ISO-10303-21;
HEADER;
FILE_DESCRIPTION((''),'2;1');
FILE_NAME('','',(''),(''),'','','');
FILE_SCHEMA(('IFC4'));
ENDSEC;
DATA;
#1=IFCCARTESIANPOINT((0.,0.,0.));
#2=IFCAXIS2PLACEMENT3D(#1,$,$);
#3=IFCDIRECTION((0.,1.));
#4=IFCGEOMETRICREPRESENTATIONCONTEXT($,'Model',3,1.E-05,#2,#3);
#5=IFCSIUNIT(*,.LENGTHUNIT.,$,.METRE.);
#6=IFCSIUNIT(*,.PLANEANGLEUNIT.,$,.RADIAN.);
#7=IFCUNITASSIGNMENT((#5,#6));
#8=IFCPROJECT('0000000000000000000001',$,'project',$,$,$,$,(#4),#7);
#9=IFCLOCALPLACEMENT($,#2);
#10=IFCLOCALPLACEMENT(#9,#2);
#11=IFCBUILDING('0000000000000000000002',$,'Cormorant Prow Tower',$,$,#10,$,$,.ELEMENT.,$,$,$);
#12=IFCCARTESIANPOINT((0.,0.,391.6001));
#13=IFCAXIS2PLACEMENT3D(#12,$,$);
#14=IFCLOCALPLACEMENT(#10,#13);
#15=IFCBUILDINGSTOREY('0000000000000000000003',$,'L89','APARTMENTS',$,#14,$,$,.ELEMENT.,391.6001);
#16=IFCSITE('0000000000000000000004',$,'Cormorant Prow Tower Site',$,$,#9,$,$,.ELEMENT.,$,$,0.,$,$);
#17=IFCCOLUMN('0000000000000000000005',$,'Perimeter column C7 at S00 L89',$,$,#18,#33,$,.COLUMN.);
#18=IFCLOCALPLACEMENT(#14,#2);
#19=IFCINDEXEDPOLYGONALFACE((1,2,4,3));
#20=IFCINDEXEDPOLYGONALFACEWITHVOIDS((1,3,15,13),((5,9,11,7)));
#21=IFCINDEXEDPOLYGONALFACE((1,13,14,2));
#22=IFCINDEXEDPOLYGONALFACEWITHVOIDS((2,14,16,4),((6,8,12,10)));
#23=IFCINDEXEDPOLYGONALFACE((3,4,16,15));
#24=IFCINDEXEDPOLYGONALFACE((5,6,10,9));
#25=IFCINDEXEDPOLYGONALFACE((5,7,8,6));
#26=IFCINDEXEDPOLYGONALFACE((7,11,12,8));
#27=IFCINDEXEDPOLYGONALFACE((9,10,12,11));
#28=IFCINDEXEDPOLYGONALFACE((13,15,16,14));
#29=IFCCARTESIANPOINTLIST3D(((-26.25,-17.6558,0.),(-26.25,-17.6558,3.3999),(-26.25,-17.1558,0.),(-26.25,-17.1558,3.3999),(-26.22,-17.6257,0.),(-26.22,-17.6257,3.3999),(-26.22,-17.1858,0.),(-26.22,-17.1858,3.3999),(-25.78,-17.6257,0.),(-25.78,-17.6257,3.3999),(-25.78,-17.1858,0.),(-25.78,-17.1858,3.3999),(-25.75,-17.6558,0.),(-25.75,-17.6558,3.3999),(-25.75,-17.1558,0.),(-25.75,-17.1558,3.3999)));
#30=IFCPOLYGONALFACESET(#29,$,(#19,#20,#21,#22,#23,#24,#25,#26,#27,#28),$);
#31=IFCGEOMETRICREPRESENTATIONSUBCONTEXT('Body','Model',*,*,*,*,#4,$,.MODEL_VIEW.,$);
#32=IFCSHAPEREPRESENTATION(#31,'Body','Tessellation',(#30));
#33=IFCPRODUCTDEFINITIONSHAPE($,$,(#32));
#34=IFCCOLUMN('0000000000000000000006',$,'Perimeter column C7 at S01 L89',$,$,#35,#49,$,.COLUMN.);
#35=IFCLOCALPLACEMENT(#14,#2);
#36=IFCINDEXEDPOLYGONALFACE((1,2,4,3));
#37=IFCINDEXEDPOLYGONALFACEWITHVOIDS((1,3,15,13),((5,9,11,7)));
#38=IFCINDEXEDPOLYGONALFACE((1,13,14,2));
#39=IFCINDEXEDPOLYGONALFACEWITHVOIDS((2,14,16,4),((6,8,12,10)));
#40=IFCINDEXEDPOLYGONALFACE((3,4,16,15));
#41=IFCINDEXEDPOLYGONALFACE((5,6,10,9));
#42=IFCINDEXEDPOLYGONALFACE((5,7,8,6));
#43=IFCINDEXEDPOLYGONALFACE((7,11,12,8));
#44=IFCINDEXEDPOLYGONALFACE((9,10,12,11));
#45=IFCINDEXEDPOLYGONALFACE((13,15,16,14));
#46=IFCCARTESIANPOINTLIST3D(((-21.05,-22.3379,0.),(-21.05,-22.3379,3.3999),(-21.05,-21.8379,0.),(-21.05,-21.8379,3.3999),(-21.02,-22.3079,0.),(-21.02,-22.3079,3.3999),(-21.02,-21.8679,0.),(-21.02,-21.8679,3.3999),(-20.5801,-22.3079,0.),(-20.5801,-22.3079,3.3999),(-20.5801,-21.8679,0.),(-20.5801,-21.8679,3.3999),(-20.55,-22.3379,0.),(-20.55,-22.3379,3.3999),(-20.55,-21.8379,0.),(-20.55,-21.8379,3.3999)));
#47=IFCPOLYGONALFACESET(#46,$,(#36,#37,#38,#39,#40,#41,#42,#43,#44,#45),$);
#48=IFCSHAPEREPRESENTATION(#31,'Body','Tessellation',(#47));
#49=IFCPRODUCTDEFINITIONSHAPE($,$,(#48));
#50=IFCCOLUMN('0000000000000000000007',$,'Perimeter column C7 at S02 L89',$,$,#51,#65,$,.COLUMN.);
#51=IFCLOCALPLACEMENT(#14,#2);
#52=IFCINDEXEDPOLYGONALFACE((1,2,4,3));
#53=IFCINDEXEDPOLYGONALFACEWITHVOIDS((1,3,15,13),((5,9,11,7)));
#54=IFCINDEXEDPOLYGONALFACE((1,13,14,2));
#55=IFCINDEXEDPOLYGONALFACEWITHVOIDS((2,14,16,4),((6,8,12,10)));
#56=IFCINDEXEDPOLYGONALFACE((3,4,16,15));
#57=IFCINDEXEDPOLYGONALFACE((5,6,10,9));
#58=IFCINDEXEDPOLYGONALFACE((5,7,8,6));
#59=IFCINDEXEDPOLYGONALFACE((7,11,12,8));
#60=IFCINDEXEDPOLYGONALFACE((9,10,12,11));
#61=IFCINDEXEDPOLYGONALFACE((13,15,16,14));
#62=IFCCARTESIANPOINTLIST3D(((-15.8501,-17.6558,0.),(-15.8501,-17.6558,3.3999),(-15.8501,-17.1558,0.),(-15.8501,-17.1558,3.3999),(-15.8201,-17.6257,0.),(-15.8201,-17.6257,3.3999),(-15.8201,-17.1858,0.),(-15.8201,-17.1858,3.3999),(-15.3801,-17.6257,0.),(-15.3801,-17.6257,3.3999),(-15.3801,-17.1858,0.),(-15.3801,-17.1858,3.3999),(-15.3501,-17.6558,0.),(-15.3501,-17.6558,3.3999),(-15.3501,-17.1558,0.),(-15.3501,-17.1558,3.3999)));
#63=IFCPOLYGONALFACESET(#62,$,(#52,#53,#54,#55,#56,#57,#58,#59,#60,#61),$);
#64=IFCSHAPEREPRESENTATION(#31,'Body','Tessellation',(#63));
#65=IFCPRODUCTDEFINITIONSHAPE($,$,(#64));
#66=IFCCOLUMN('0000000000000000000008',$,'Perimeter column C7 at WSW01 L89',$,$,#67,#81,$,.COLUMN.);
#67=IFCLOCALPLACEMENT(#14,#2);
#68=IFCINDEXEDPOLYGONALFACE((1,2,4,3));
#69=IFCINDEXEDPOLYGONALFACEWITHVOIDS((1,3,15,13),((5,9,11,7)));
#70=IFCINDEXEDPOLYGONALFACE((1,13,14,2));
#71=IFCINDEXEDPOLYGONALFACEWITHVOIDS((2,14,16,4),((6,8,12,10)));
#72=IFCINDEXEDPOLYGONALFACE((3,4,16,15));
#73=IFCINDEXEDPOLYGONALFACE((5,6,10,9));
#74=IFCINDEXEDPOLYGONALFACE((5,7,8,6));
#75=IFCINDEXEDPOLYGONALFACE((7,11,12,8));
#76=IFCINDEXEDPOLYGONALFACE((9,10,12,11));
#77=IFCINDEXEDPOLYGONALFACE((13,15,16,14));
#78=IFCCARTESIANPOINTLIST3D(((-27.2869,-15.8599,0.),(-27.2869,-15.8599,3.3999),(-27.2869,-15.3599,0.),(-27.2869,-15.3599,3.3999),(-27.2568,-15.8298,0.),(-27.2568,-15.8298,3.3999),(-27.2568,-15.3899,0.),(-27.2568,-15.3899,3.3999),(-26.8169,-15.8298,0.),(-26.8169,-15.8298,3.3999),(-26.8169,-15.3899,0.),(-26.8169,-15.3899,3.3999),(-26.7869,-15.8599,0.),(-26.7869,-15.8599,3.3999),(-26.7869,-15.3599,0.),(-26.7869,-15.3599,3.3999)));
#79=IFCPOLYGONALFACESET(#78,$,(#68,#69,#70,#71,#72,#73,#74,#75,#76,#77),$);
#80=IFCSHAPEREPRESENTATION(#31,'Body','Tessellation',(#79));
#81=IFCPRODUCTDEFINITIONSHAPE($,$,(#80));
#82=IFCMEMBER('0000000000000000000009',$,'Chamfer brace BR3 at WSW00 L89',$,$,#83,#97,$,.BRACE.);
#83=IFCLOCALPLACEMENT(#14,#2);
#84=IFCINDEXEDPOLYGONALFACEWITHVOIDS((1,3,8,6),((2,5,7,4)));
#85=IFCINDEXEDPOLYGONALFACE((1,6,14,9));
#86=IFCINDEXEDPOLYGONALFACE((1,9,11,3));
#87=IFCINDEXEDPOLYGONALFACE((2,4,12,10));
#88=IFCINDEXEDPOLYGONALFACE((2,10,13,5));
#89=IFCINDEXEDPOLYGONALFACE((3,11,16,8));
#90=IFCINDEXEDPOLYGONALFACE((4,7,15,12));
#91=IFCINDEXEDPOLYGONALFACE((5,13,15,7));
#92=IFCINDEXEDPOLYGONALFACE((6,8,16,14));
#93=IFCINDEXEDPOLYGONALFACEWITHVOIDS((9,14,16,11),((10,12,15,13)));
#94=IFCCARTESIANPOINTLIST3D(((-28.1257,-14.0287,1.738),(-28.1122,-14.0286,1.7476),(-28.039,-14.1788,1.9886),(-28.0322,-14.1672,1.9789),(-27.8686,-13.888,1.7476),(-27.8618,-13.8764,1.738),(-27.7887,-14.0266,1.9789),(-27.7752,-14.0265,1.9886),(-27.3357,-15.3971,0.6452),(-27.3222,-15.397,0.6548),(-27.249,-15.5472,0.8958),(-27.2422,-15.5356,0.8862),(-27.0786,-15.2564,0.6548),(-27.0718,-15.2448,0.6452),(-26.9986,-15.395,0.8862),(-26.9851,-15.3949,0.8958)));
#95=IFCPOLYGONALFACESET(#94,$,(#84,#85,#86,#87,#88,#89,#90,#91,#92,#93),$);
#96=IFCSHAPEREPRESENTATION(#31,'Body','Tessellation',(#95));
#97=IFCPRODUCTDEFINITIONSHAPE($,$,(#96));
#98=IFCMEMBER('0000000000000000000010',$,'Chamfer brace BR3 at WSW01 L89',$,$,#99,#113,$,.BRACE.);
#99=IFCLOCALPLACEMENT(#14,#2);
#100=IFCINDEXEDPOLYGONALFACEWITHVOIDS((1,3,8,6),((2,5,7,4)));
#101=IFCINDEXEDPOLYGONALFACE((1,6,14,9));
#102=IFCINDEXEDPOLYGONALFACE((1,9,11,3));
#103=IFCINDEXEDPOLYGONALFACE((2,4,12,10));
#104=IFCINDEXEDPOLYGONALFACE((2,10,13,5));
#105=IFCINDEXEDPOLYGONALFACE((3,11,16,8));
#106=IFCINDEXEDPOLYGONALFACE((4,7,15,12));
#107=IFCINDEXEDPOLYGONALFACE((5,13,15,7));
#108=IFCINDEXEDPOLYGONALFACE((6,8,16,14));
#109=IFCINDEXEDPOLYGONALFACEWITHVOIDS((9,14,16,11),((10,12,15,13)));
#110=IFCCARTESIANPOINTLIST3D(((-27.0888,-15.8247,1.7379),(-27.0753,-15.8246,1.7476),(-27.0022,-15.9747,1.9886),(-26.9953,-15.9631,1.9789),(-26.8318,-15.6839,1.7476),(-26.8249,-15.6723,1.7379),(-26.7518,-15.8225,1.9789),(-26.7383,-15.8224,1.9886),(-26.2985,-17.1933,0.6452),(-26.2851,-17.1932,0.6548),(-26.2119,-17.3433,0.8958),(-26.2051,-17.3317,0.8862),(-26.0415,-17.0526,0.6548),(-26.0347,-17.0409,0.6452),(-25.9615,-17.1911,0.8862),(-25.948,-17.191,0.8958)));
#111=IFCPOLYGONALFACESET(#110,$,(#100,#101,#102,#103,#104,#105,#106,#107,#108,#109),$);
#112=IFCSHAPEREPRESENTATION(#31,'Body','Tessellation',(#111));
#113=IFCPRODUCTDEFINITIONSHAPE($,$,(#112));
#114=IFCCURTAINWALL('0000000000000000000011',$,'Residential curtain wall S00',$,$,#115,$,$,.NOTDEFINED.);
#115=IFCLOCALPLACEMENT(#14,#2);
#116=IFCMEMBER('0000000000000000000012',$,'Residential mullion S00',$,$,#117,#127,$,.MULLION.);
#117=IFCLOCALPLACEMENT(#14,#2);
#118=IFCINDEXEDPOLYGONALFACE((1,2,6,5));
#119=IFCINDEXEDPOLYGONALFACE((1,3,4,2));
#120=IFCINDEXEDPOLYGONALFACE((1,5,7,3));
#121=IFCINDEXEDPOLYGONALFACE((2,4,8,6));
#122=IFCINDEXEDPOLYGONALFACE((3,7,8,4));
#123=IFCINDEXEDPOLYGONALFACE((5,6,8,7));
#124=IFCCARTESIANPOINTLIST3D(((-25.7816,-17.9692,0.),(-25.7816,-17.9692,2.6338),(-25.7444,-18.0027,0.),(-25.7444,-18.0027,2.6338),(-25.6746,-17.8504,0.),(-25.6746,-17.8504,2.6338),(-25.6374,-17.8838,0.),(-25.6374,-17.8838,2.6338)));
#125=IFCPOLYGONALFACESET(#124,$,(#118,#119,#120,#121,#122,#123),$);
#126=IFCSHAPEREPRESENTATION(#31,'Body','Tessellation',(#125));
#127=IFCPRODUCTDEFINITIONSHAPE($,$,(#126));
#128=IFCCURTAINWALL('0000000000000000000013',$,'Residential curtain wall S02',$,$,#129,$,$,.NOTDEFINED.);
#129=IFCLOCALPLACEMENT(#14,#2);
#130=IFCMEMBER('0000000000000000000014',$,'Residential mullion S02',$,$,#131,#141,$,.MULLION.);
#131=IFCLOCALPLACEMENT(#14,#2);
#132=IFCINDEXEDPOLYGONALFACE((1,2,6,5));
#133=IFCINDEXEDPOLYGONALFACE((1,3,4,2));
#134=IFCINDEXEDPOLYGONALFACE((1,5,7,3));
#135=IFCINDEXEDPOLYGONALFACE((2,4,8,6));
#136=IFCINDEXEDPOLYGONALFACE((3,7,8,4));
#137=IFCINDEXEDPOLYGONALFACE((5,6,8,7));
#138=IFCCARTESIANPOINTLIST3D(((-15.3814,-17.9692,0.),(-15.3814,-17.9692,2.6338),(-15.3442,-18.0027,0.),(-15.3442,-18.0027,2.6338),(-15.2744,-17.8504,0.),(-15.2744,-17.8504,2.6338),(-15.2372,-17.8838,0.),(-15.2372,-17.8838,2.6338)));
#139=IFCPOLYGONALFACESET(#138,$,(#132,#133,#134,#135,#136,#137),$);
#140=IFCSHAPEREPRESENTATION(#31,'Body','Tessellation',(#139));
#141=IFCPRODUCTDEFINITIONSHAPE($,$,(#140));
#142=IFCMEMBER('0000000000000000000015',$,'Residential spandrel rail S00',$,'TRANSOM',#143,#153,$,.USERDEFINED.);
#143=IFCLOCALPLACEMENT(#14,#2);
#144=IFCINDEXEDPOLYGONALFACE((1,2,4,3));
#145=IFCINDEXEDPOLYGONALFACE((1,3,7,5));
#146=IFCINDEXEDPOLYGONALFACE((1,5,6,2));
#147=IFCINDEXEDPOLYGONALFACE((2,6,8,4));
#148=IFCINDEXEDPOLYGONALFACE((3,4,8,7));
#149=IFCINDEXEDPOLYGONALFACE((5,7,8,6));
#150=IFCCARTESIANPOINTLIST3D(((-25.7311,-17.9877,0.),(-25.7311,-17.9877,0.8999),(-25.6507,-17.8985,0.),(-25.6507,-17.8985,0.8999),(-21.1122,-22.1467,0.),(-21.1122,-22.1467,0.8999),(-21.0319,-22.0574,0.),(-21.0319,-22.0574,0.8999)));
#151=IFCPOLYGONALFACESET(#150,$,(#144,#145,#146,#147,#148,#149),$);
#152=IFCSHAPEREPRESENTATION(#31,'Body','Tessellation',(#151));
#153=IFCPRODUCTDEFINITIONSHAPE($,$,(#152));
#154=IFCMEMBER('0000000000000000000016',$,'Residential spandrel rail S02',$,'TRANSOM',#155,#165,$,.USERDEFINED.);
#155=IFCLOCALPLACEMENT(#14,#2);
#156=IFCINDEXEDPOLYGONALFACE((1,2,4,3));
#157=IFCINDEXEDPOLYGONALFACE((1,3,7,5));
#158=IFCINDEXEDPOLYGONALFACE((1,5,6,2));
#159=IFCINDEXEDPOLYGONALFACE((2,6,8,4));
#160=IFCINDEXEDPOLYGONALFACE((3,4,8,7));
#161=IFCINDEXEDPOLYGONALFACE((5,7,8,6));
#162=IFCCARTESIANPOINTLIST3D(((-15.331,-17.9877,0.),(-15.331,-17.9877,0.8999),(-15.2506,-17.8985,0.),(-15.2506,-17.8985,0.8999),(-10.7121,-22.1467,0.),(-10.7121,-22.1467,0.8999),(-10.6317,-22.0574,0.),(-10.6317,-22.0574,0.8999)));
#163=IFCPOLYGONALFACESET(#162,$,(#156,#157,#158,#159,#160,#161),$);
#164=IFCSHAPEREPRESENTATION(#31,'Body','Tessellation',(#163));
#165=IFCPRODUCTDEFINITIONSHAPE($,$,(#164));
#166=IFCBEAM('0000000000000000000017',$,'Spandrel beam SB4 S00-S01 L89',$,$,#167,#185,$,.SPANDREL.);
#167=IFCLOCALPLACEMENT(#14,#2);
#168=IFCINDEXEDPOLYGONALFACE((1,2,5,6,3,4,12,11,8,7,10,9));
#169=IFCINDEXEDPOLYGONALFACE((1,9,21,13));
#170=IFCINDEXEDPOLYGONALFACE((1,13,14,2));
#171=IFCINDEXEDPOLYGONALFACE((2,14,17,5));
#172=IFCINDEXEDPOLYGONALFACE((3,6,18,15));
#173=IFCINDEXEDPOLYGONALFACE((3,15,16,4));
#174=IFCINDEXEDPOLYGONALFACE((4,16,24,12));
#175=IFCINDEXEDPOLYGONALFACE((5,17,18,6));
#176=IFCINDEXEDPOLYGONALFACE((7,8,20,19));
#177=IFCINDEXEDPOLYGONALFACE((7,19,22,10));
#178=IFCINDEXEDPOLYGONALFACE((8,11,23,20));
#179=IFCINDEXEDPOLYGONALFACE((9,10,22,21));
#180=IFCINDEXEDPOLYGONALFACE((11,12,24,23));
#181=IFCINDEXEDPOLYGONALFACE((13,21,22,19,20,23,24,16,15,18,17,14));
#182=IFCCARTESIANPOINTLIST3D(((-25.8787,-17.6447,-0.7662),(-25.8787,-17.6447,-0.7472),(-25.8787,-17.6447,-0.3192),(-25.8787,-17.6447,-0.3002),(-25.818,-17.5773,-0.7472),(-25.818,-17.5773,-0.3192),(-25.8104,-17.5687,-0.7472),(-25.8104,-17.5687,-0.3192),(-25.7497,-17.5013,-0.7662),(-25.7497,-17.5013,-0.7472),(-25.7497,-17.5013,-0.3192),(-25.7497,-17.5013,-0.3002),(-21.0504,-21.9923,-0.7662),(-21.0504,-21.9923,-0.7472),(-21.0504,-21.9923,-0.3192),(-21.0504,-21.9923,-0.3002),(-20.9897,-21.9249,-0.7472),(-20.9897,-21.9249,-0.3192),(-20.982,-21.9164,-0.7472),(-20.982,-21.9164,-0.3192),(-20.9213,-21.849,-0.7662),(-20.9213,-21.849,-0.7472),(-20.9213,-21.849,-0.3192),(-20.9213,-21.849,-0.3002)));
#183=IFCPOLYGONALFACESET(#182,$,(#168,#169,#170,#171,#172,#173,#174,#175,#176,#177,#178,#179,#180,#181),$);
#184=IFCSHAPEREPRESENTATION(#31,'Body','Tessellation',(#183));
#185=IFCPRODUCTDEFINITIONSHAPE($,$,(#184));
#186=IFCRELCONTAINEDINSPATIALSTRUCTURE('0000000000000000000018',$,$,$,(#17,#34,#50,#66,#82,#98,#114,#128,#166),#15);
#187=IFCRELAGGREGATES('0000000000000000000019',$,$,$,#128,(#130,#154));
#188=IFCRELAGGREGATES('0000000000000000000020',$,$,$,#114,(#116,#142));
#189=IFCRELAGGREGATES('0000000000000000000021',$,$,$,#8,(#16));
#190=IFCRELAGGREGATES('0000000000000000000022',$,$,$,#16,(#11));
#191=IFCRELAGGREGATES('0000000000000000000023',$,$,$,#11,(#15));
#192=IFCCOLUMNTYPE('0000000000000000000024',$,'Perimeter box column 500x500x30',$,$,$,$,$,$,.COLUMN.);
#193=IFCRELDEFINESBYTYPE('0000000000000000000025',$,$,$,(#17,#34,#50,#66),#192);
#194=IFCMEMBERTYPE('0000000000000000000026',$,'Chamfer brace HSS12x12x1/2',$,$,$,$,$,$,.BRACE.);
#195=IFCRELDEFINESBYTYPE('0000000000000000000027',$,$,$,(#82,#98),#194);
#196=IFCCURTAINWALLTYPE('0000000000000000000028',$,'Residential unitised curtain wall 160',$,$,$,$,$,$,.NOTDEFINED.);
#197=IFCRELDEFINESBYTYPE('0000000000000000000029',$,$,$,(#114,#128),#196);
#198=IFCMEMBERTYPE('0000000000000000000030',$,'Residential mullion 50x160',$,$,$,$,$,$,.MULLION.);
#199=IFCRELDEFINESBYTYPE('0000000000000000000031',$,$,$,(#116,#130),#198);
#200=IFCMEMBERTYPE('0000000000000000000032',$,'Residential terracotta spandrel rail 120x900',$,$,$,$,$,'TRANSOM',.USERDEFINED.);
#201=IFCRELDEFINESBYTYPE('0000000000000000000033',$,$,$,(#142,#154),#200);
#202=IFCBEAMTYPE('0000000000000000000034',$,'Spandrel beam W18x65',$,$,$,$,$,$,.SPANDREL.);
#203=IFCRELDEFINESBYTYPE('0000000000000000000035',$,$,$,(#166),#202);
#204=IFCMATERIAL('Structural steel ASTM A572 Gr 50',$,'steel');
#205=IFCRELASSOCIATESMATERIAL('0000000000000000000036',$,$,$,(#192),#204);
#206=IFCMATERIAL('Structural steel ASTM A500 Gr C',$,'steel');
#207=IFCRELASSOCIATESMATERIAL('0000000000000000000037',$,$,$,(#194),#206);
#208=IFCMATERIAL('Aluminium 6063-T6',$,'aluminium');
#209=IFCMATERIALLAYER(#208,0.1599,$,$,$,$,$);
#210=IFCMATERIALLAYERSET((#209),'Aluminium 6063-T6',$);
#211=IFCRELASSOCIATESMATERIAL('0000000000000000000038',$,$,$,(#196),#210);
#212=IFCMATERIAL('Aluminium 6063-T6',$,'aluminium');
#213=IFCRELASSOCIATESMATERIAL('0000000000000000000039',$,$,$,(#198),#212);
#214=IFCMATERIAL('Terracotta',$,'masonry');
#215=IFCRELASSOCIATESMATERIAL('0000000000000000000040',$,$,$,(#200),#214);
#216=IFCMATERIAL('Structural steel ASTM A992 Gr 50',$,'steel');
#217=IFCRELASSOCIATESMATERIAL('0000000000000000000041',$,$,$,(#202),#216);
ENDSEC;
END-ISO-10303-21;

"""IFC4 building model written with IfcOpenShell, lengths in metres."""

from ifc_helpers import new_model, si_unit, direction, frame, origin, origin_2d, place, context, subcontext, project, spatial, rectangle, hollow_rectangle, i_section, extrude, material, layer, layer_set, material_profile, profile_set, type_object, element, aggregate, save


model = new_model("IFC4")

# Units and contexts
model_context = context("Model", 3, precision=1e-05, world=origin(), true_north=direction((0.0, 1.0)))
body_context = subcontext(model_context, "Body", "Model", "MODEL_VIEW")
ifc_project = project(units=[si_unit("LENGTHUNIT", "METRE"), si_unit("PLANEANGLEUNIT", "RADIAN")], contexts=[model_context])

# Site, building, storey
site_placement = place(None, origin())
site = spatial("IfcSite", under=ifc_project, at=site_placement, Name="Cormorant Prow Tower Site", CompositionType="ELEMENT", RefElevation=0.0)
building_placement = place(site_placement, origin())
building = spatial("IfcBuilding", under=site, at=building_placement, Name="Cormorant Prow Tower", CompositionType="ELEMENT")
storey_placement = place(building_placement, frame((0.0, 0.0, 391.6001)))
storey = spatial("IfcBuildingStorey", under=building, at=storey_placement, Name="L89", Description="APARTMENTS", CompositionType="ELEMENT", Elevation=391.6001)

# Columns
ifc_material_1 = material(Name="Structural steel ASTM A572 Gr 50", Category="steel")
ifc_material_profile_1 = material_profile(ifc_material_1, hollow_rectangle(XDim=0.5, YDim=0.5, WallThickness=0.03, at=origin_2d()), Name="Box 500x500x30")
ifc_profile_set_1 = profile_set([ifc_material_profile_1], Name="Structural steel ASTM A572 Gr 50")
column_type = type_object("IfcColumnType", Name="Perimeter box column 500x500x30", PredefinedType="COLUMN", material=ifc_profile_set_1)
for number, where, z_axis, x_axis, name in (
    (1, (-26.0, -17.4058, 0.0), (0.0, 0.0, 1.0), (1.0, 0.0, 0.0), "Perimeter column C7 at S00 L89"),
    (2, (-20.8, -22.0879, 0.0), (0.0, 0.0, 1.0), (1.0, 0.0, 0.0), "Perimeter column C7 at S01 L89"),
    (3, (-15.6001, -17.4058, 0.0), (0.0, 0.0, 1.0), (1.0, 0.0, 0.0), "Perimeter column C7 at S02 L89"),
    (4, (-27.0369, -15.6099, 0.0), (0.0, 0.0, 1.0), (1.0, 0.0, 0.0), "Perimeter column C7 at WSW01 L89"),
):
    element("IfcColumn", number, at=place(storey_placement, frame(where, z_axis=z_axis, x_axis=x_axis)), inside=storey, type_object=column_type, Name=name, PredefinedType="COLUMN", context=body_context, shape_type="SweptSolid", body=[
        extrude(hollow_rectangle(XDim=0.5, YDim=0.5, WallThickness=0.03, at=origin_2d()), origin(), (0.0, 0.0, 1.0), 3.3999),
    ])

# Members
ifc_material_2 = material(Name="Structural steel ASTM A500 Gr C", Category="steel")
ifc_material_profile_2 = material_profile(ifc_material_2, hollow_rectangle(XDim=0.3047, YDim=0.3047, WallThickness=0.0117, at=origin_2d()), Name="HSS12x12x1/2")
ifc_profile_set_2 = profile_set([ifc_material_profile_2], Name="Structural steel ASTM A500 Gr C")
member_type_1 = type_object("IfcMemberType", Name="Chamfer brace HSS12x12x1/2", PredefinedType="BRACE", material=ifc_profile_set_2)
member_1_placement = place(storey_placement, frame((-27.1604, -15.396, 0.7705), z_axis=(-0.41123, 0.712282, 0.568809), x_axis=(-0.866029, -0.499994, 0.0)))
element("IfcMember", 5, at=member_1_placement, inside=storey, type_object=member_type_1, Name="Chamfer brace BR3 at WSW00 L89", PredefinedType="BRACE", context=body_context, shape_type="SweptSolid", body=[
    extrude(hollow_rectangle(XDim=0.3047, YDim=0.3047, WallThickness=0.0117, at=origin_2d()), origin(), (0.0, 0.0, 1.0), 1.9211),
])
member_2_placement = place(storey_placement, frame((-26.1233, -17.1921, 0.7705), z_axis=(-0.411299, 0.712308, 0.568728), x_axis=(-0.866, -0.500043, 0.0)))
element("IfcMember", 6, at=member_2_placement, inside=storey, type_object=member_type_1, Name="Chamfer brace BR3 at WSW01 L89", PredefinedType="BRACE", context=body_context, shape_type="SweptSolid", body=[
    extrude(hollow_rectangle(XDim=0.3047, YDim=0.3047, WallThickness=0.0117, at=origin_2d()), origin(), (0.0, 0.0, 1.0), 1.9214),
])

# Curtain walls, members
ifc_material_3 = material(Name="Aluminium 6063-T6", Category="aluminium")
ifc_layer_1 = layer(ifc_material_3, 0.1599)
ifc_layer_set_1 = layer_set([ifc_layer_1], Name="Aluminium 6063-T6")
curtain_wall_type = type_object("IfcCurtainWallType", Name="Residential unitised curtain wall 160", PredefinedType="NOTDEFINED", material=ifc_layer_set_1)
curtain_wall_1_placement = place(storey_placement, origin())
curtain_wall_1 = element("IfcCurtainWall", 7, at=curtain_wall_1_placement, inside=storey, type_object=curtain_wall_type, Name="Residential curtain wall S00", PredefinedType="NOTDEFINED")
ifc_material_4 = material(Name="Aluminium 6063-T6", Category="aluminium")
ifc_material_profile_3 = material_profile(ifc_material_4, rectangle(XDim=0.1599, YDim=0.05, at=origin_2d()), Name="Residential mullion 50x160")
ifc_profile_set_3 = profile_set([ifc_material_profile_3], Name="Aluminium 6063-T6")
member_type_2 = type_object("IfcMemberType", Name="Residential mullion 50x160", PredefinedType="MULLION", material=ifc_profile_set_3)
member_3_placement = place(storey_placement, frame((-25.7095, -17.9265, 0.0), z_axis=(0.0, 0.0, 1.0), x_axis=(0.669131, 0.743145, 0.0)))
member_3 = element("IfcMember", 8, at=member_3_placement, type_object=member_type_2, Name="Residential mullion S00", PredefinedType="MULLION", context=body_context, shape_type="SweptSolid", body=[
    extrude(rectangle(XDim=0.1599, YDim=0.05, at=origin_2d()), origin(), (0.0, 0.0, 1.0), 2.6338),
])
curtain_wall_2_placement = place(storey_placement, origin())
curtain_wall_2 = element("IfcCurtainWall", 9, at=curtain_wall_2_placement, inside=storey, type_object=curtain_wall_type, Name="Residential curtain wall S02", PredefinedType="NOTDEFINED")
member_4_placement = place(storey_placement, frame((-15.3093, -17.9265, 0.0), z_axis=(0.0, 0.0, 1.0), x_axis=(0.669131, 0.743145, 0.0)))
member_4 = element("IfcMember", 10, at=member_4_placement, type_object=member_type_2, Name="Residential mullion S02", PredefinedType="MULLION", context=body_context, shape_type="SweptSolid", body=[
    extrude(rectangle(XDim=0.1599, YDim=0.05, at=origin_2d()), origin(), (0.0, 0.0, 1.0), 2.6338),
])

# Members
ifc_material_5 = material(Name="Terracotta", Category="masonry")
ifc_material_profile_4 = material_profile(ifc_material_5, rectangle(XDim=0.1201, YDim=0.8999, at=origin_2d()), Name="Residential terracotta spandrel rail 120x900")
ifc_profile_set_4 = profile_set([ifc_material_profile_4], Name="Terracotta")
member_type_3 = type_object("IfcMemberType", Name="Residential terracotta spandrel rail 120x900", ElementType="TRANSOM", PredefinedType="USERDEFINED", material=ifc_profile_set_4)
member_5_placement = place(storey_placement, frame((-25.6909, -17.9431, 0.45), z_axis=(0.74314, -0.669136, 0.0), x_axis=(0.669136, 0.74314, 0.0)))
member_5 = element("IfcMember", 11, at=member_5_placement, type_object=member_type_3, Name="Residential spandrel rail S00", ObjectType="TRANSOM", PredefinedType="USERDEFINED", context=body_context, shape_type="SweptSolid", body=[
    extrude(rectangle(XDim=0.1201, YDim=0.8999, at=origin_2d()), origin(), (0.0, 0.0, 1.0), 6.2153),
])
member_6_placement = place(storey_placement, frame((-15.2908, -17.9431, 0.45), z_axis=(0.74314, -0.669136, 0.0), x_axis=(0.669136, 0.74314, 0.0)))
member_6 = element("IfcMember", 12, at=member_6_placement, type_object=member_type_3, Name="Residential spandrel rail S02", ObjectType="TRANSOM", PredefinedType="USERDEFINED", context=body_context, shape_type="SweptSolid", body=[
    extrude(rectangle(XDim=0.1201, YDim=0.8999, at=origin_2d()), origin(), (0.0, 0.0, 1.0), 6.2153),
])
aggregate(curtain_wall_2, [member_4, member_6])

# Beam
ifc_material_6 = material(Name="Structural steel ASTM A992 Gr 50", Category="steel")
ifc_material_profile_5 = material_profile(ifc_material_6, i_section(OverallWidth=0.1929, OverallDepth=0.4661, WebThickness=0.0115, FlangeThickness=0.019, at=origin_2d()), Name="W18x65")
ifc_profile_set_5 = profile_set([ifc_material_profile_5], Name="Structural steel ASTM A992 Gr 50")
beam_type = type_object("IfcBeamType", Name="Spandrel beam W18x65", PredefinedType="SPANDREL", material=ifc_profile_set_5)
for number, where, z_axis, x_axis, name in (
    (13, (-25.8142, -17.573, -0.5332), (0.743132, -0.669145, 0.0), (0.669145, 0.743132, 0.0), "Spandrel beam SB4 S00-S01 L89"),
):
    element("IfcBeam", number, at=place(storey_placement, frame(where, z_axis=z_axis, x_axis=x_axis)), inside=storey, type_object=beam_type, Name=name, PredefinedType="SPANDREL", context=body_context, shape_type="SweptSolid", body=[
        extrude(i_section(OverallWidth=0.1929, OverallDepth=0.4661, WebThickness=0.0115, FlangeThickness=0.019, at=origin_2d()), origin(), (0.0, 0.0, 1.0), 6.4973),
    ])

aggregate(curtain_wall_1, [member_3, member_5])

save(model, "model.ifc")
